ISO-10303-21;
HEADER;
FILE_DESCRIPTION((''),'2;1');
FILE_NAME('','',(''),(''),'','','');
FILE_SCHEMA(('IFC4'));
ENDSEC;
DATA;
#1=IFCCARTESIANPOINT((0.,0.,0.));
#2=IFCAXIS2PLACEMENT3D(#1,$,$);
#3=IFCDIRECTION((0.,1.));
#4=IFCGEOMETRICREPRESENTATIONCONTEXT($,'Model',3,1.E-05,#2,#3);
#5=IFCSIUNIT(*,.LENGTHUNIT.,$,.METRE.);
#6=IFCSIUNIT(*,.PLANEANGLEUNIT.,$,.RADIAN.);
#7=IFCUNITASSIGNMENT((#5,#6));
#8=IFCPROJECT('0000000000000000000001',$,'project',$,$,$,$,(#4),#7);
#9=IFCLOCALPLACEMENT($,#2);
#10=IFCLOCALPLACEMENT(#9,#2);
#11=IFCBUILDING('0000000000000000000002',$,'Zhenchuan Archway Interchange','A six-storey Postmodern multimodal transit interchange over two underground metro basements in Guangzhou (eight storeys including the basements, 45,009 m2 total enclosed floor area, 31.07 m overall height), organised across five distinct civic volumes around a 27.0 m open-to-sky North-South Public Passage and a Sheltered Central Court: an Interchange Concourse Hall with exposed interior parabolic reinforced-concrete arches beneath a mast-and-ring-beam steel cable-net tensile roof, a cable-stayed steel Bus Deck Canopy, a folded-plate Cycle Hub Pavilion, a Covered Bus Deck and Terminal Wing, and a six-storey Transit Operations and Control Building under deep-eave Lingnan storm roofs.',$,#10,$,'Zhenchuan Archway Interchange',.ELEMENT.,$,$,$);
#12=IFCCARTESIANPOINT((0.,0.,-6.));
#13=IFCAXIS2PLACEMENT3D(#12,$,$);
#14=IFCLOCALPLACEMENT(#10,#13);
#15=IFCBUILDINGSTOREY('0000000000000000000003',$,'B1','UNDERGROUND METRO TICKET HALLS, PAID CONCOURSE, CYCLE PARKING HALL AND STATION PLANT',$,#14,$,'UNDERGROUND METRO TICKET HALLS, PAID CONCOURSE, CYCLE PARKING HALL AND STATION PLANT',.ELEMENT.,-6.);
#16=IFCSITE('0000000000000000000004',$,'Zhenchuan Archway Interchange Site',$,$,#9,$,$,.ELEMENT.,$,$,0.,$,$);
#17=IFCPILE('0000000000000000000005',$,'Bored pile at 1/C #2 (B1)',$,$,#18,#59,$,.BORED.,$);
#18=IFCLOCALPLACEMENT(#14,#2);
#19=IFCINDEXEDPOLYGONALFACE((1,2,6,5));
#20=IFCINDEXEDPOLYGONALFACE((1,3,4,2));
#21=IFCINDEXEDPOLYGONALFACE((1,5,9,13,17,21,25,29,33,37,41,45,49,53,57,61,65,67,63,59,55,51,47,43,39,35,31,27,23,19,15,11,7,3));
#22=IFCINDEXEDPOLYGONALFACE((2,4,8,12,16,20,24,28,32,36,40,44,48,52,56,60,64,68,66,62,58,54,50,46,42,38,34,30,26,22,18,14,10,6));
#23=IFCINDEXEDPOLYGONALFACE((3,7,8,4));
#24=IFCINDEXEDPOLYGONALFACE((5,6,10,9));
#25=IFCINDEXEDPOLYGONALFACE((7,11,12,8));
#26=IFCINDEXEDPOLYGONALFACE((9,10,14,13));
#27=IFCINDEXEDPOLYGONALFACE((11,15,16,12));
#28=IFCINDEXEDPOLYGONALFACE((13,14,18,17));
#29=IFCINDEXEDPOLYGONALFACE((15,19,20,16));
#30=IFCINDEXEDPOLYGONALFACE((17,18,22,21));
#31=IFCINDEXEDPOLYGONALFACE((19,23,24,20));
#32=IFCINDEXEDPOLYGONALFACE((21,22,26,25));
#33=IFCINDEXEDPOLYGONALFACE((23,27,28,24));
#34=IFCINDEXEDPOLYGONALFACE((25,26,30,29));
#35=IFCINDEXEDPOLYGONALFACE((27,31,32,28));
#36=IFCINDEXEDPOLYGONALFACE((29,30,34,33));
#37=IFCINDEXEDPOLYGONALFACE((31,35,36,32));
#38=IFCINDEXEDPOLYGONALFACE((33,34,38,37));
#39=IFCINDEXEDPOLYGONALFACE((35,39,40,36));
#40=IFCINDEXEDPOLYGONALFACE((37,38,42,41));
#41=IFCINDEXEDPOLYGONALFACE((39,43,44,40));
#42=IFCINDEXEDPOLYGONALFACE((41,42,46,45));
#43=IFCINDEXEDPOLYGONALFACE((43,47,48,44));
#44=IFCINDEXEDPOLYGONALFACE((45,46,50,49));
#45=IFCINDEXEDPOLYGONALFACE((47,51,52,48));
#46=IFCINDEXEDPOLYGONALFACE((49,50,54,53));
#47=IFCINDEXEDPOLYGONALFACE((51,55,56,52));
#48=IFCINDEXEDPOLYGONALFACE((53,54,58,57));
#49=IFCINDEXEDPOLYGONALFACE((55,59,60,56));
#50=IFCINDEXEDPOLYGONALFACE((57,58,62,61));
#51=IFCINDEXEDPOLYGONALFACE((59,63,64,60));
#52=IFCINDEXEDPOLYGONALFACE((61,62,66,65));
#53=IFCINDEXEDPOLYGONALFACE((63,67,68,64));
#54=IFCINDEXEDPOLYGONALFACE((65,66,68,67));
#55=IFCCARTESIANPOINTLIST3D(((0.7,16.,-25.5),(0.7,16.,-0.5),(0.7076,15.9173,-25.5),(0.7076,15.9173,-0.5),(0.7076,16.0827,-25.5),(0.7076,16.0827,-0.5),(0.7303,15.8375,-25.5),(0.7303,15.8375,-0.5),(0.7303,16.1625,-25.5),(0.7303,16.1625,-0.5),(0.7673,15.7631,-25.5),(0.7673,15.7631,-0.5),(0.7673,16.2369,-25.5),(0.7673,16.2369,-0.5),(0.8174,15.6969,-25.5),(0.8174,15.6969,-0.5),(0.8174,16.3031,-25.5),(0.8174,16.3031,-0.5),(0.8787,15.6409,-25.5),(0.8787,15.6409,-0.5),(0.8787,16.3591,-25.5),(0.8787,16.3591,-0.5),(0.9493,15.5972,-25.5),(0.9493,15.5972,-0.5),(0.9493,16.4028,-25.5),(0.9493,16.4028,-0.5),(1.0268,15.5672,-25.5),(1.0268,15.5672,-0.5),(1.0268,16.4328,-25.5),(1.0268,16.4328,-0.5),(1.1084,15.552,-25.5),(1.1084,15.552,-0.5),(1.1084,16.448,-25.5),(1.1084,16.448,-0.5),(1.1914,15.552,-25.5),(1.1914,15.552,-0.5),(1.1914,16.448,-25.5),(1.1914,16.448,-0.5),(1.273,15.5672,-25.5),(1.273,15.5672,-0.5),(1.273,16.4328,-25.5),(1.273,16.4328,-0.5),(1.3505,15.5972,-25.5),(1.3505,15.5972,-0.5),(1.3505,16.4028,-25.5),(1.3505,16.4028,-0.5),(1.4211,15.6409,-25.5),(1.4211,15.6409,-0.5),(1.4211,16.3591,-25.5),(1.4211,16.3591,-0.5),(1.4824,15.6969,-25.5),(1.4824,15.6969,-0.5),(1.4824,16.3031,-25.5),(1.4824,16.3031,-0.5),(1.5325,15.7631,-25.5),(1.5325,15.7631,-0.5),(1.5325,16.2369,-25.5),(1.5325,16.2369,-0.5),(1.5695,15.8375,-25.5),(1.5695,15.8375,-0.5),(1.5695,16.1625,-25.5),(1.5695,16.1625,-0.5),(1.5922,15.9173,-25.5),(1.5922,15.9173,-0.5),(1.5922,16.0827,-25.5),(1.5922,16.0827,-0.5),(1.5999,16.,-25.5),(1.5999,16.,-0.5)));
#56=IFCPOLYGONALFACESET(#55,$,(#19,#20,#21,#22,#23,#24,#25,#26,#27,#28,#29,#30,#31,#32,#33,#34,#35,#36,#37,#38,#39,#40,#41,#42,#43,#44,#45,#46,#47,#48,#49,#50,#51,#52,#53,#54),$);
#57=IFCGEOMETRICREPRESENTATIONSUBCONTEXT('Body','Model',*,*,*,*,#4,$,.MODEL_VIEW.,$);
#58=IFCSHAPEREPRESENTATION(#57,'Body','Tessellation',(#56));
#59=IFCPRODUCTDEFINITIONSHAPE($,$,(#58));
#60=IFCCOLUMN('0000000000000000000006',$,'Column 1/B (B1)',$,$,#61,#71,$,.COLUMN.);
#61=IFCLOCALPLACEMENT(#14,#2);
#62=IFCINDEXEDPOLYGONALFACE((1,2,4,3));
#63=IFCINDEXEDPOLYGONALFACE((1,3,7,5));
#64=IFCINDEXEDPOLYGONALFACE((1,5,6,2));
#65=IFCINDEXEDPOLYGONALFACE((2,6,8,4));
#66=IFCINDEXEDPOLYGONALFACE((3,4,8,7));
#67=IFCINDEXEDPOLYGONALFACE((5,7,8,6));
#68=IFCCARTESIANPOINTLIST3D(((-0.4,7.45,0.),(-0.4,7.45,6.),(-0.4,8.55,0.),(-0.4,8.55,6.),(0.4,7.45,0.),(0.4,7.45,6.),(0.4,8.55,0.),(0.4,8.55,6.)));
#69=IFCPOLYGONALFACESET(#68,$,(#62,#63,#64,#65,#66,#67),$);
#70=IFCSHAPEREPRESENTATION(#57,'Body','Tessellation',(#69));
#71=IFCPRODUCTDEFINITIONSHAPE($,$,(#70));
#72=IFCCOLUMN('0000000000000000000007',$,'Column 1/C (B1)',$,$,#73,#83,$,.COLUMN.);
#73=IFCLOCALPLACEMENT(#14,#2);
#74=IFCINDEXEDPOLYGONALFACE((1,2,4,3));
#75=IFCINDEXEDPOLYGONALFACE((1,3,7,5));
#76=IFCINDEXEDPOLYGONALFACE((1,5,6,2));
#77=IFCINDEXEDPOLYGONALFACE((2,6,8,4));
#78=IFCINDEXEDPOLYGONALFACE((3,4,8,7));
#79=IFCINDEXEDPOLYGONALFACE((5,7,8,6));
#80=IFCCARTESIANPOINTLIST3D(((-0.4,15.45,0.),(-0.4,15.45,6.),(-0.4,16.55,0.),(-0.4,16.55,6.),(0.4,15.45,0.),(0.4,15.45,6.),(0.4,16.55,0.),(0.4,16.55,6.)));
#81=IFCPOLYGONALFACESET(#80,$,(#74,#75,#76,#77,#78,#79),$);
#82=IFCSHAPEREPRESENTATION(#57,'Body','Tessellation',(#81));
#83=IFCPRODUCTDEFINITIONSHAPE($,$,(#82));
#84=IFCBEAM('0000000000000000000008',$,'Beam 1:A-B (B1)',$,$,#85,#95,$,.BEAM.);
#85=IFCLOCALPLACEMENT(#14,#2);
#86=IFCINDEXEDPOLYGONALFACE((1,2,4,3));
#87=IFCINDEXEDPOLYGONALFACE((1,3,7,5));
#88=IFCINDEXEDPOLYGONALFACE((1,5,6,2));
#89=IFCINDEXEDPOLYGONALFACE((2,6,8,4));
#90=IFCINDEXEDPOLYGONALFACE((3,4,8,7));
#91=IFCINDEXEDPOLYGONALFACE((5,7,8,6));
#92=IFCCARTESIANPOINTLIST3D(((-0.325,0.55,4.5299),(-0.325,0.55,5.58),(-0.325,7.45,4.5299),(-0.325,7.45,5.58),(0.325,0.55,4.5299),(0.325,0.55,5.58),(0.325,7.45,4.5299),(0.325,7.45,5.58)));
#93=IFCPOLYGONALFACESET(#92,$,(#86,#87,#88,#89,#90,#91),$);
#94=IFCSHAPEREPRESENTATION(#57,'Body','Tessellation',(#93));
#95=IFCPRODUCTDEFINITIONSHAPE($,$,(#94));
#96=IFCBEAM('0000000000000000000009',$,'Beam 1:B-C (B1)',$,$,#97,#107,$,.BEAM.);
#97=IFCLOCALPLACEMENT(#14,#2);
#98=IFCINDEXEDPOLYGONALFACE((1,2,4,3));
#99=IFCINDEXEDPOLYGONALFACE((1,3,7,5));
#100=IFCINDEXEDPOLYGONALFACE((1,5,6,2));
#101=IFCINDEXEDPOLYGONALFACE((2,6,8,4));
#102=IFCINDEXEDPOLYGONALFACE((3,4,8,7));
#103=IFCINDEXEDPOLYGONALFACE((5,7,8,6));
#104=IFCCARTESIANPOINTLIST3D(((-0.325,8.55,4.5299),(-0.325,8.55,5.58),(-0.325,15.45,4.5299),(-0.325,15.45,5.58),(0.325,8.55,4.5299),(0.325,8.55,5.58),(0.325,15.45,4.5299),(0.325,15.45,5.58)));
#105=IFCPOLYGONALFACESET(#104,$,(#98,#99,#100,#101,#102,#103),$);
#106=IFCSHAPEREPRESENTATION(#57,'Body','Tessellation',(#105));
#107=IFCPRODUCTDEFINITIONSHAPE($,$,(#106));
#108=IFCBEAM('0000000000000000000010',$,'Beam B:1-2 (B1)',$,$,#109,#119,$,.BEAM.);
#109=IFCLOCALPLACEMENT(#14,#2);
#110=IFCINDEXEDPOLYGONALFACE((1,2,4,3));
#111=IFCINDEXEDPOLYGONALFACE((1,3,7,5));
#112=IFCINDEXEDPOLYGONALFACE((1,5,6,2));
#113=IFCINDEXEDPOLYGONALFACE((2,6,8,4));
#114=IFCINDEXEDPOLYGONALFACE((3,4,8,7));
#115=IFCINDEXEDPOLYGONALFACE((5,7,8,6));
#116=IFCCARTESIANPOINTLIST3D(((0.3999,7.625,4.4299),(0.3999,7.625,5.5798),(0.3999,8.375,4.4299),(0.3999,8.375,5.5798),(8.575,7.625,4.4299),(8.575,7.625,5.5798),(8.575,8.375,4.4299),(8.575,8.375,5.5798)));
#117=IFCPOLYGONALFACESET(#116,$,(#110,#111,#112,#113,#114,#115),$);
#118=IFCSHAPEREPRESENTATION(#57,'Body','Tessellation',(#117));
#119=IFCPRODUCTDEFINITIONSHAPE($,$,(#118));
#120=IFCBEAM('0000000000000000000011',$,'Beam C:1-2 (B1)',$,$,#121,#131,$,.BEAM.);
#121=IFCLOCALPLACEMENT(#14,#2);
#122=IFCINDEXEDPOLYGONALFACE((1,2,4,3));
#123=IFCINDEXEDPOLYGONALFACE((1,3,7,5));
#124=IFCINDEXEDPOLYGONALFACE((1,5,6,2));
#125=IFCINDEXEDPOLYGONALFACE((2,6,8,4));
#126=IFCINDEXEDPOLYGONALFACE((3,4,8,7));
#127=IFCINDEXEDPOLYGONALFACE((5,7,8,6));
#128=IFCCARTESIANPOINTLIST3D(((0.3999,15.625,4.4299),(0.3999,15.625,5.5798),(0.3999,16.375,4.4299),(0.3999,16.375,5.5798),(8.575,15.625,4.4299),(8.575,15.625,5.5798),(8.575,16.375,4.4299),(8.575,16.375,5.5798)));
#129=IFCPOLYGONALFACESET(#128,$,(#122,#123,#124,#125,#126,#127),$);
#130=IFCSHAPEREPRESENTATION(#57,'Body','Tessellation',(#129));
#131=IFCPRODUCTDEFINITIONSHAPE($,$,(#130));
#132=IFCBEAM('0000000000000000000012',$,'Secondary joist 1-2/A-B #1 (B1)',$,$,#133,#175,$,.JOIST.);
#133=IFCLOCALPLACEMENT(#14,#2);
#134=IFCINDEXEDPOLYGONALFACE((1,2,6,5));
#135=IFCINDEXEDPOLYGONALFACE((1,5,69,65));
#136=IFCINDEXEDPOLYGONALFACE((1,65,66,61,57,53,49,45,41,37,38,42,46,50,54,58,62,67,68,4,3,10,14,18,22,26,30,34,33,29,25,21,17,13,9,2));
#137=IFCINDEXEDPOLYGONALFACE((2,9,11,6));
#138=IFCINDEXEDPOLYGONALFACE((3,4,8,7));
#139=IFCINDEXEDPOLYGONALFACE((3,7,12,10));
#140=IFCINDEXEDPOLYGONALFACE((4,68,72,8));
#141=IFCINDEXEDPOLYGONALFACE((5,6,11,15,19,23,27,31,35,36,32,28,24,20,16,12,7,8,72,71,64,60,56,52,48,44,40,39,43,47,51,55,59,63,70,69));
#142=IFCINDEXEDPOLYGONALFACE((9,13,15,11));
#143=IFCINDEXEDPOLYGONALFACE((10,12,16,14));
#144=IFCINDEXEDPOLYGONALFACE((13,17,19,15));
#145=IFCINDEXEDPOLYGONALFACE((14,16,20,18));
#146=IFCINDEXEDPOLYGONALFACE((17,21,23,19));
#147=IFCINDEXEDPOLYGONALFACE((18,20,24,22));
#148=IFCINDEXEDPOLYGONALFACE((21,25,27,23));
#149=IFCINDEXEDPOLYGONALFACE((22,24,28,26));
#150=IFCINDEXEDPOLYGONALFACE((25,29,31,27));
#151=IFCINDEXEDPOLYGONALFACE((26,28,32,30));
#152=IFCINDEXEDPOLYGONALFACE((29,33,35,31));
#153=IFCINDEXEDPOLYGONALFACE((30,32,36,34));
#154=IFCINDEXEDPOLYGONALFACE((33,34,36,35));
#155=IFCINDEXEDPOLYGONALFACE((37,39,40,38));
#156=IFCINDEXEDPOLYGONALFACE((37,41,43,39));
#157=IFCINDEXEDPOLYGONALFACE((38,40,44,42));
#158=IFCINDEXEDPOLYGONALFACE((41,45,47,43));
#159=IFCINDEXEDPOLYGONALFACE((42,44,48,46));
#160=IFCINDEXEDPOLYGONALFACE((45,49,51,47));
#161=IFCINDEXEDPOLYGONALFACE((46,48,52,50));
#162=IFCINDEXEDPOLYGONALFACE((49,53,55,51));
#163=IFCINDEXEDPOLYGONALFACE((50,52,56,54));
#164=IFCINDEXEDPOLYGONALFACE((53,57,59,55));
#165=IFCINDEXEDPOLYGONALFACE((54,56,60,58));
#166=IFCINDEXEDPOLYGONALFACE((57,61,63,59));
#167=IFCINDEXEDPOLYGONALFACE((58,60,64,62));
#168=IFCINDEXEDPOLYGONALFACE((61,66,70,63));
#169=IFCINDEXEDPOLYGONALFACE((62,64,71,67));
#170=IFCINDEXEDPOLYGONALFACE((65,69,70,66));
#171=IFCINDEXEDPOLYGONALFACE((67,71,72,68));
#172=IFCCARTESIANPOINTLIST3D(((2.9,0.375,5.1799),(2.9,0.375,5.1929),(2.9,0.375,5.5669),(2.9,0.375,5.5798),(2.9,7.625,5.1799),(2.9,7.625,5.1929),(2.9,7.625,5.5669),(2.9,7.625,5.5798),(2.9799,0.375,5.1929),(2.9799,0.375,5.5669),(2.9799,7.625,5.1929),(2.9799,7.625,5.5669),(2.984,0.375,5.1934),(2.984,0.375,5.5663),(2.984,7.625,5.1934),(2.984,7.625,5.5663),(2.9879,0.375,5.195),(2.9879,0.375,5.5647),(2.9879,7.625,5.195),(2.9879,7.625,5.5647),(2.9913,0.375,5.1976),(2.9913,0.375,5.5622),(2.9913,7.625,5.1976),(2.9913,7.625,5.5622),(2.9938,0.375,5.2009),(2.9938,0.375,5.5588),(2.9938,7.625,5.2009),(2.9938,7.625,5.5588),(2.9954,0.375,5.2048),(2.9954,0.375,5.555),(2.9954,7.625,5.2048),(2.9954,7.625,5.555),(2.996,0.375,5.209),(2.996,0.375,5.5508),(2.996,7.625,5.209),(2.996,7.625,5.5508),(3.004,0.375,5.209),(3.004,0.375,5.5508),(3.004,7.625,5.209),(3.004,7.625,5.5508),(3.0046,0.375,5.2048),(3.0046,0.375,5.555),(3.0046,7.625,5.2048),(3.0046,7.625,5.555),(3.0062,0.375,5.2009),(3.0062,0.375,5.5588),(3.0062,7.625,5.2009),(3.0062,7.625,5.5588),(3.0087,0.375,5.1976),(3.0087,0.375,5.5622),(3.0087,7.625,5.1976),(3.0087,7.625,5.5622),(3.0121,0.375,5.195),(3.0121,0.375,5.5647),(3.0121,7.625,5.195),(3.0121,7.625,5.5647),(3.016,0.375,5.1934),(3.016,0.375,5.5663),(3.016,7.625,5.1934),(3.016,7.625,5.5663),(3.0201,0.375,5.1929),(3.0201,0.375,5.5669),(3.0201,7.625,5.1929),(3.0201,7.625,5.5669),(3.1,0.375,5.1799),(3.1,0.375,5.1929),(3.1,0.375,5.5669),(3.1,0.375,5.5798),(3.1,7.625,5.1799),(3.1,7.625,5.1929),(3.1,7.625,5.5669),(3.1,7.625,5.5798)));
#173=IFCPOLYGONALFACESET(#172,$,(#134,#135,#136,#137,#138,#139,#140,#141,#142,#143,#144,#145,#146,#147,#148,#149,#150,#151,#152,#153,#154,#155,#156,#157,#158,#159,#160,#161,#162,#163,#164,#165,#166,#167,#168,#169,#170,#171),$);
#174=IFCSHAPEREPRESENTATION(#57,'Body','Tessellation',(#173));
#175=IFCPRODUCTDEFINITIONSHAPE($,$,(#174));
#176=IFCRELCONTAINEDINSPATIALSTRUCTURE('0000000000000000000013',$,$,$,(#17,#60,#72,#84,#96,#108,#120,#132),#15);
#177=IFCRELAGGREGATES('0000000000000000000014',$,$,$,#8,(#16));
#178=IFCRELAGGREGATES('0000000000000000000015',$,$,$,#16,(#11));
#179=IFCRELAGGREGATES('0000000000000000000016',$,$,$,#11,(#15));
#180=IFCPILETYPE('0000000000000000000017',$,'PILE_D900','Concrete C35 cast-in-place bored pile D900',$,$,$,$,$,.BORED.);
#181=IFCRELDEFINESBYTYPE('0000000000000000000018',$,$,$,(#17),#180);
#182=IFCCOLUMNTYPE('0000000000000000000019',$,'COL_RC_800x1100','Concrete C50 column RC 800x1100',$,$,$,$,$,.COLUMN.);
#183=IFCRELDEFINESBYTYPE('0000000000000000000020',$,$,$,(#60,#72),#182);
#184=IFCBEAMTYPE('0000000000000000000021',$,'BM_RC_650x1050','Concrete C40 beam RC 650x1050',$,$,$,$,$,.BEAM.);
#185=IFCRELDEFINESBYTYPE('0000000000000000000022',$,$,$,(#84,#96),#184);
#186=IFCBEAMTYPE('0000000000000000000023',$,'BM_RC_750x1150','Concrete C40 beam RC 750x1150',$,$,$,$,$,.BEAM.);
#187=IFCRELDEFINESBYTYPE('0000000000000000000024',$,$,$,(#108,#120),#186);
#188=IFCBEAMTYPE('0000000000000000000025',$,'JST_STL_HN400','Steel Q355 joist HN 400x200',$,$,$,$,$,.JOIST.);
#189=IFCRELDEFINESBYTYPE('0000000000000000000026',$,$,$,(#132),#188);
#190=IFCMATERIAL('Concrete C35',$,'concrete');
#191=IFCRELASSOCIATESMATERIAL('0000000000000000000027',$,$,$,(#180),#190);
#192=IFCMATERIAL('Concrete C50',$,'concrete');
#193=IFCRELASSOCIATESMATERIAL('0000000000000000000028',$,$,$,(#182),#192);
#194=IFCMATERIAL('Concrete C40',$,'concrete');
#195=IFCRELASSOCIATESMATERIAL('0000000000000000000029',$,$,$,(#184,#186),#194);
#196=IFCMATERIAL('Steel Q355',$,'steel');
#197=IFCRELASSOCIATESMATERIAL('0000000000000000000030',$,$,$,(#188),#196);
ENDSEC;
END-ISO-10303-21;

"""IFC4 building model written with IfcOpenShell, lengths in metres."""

from ifc_helpers import new_model, si_unit, direction, frame, origin, origin_2d, place, context, subcontext, project, spatial, rectangle, circle, i_section, extrude, material, material_profile, profile_set, type_object, element, save


model = new_model("IFC4")

# Units and contexts
model_context = context("Model", 3, precision=1e-05, world=origin(), true_north=direction((0.0, 1.0)))
body_context = subcontext(model_context, "Body", "Model", "MODEL_VIEW")
ifc_project = project(units=[si_unit("LENGTHUNIT", "METRE"), si_unit("PLANEANGLEUNIT", "RADIAN")], contexts=[model_context])

# Site, building, storey
site_placement = place(None, origin())
site = spatial("IfcSite", under=ifc_project, at=site_placement, Name="Zhenchuan Archway Interchange Site", CompositionType="ELEMENT", RefElevation=0.0)
building_placement = place(site_placement, origin())
building = spatial("IfcBuilding", under=site, at=building_placement, Name="Zhenchuan Archway Interchange", Description="A six-storey Postmodern multimodal transit interchange over two underground metro basements in Guangzhou (eight storeys including the basements, 45,009 m2 total enclosed floor area, 31.07 m overall height), organised across five distinct civic volumes around a 27.0 m open-to-sky North-South Public Passage and a Sheltered Central Court: an Interchange Concourse Hall with exposed interior parabolic reinforced-concrete arches beneath a mast-and-ring-beam steel cable-net tensile roof, a cable-stayed steel Bus Deck Canopy, a folded-plate Cycle Hub Pavilion, a Covered Bus Deck and Terminal Wing, and a six-storey Transit Operations and Control Building under deep-eave Lingnan storm roofs.", LongName="Zhenchuan Archway Interchange", CompositionType="ELEMENT")
storey_placement = place(building_placement, frame((0.0, 0.0, -6.0)))
storey = spatial("IfcBuildingStorey", under=building, at=storey_placement, Name="B1", Description="UNDERGROUND METRO TICKET HALLS, PAID CONCOURSE, CYCLE PARKING HALL AND STATION PLANT", LongName="UNDERGROUND METRO TICKET HALLS, PAID CONCOURSE, CYCLE PARKING HALL AND STATION PLANT", CompositionType="ELEMENT", Elevation=-6.0)

# Shared definitions
ifc_material_1 = material(Name="Concrete C40", Category="concrete")

# Pile
ifc_material_2 = material(Name="Concrete C35", Category="concrete")
ifc_material_profile_1 = material_profile(ifc_material_2, circle(Radius=0.45, at=origin_2d()), Name="BORED PILE 900")
ifc_profile_set_1 = profile_set([ifc_material_profile_1], Name="Concrete C35")
pile_type_1 = type_object("IfcPileType", Name="PILE_D900", Description="Concrete C35 cast-in-place bored pile D900", PredefinedType="BORED", material=ifc_profile_set_1)
for number, where, z_axis, x_axis, name in (
    (1, (1.1499, 16.0, -0.5), (0.0, 0.0, -1.0), (1.0, 0.0, 0.0), "Bored pile at 1/C #2 (B1)"),
):
    element("IfcPile", number, at=place(storey_placement, frame(where, z_axis=z_axis, x_axis=x_axis)), inside=storey, type_object=pile_type_1, Name=name, PredefinedType="BORED", context=body_context, shape_type="SweptSolid", body=[
        extrude(circle(Radius=0.45, at=origin_2d()), origin(), (0.0, 0.0, 1.0), 25.0),
    ])

# Columns
ifc_material_3 = material(Name="Concrete C50", Category="concrete")
ifc_material_profile_2 = material_profile(ifc_material_3, rectangle(XDim=0.8, YDim=1.1001, at=origin_2d()), Name="RC 800x1100")
ifc_profile_set_2 = profile_set([ifc_material_profile_2], Name="Concrete C50")
column_type = type_object("IfcColumnType", Name="COL_RC_800x1100", Description="Concrete C50 column RC 800x1100", PredefinedType="COLUMN", material=ifc_profile_set_2)
for number, where, z_axis, x_axis, name in (
    (2, (0.0, 8.0, 0.0), (0.0, 0.0, 1.0), (1.0, 0.0, 0.0), "Column 1/B (B1)"),
    (3, (0.0, 16.0, 0.0), (0.0, 0.0, 1.0), (1.0, 0.0, 0.0), "Column 1/C (B1)"),
):
    element("IfcColumn", number, at=place(storey_placement, frame(where, z_axis=z_axis, x_axis=x_axis)), inside=storey, type_object=column_type, Name=name, PredefinedType="COLUMN", context=body_context, shape_type="SweptSolid", body=[
        extrude(rectangle(XDim=0.8, YDim=1.1001, at=origin_2d()), origin(), (0.0, 0.0, 1.0), 6.0),
    ])

# Beams
ifc_material_profile_3 = material_profile(ifc_material_1, rectangle(XDim=0.6499, YDim=1.05, at=origin_2d()), Name="RC 650x1050")
ifc_profile_set_3 = profile_set([ifc_material_profile_3], Name="Concrete C40")
beam_type_1 = type_object("IfcBeamType", Name="BM_RC_650x1050", Description="Concrete C40 beam RC 650x1050", PredefinedType="BEAM", material=ifc_profile_set_3)
for number, where, z_axis, x_axis, name in (
    (4, (0.0, 0.55, 5.0549), (0.0, 1.0, 0.0), (-1.0, 0.0, 0.0), "Beam 1:A-B (B1)"),
    (5, (0.0, 8.55, 5.0549), (0.0, 1.0, 0.0), (-1.0, 0.0, 0.0), "Beam 1:B-C (B1)"),
):
    element("IfcBeam", number, at=place(storey_placement, frame(where, z_axis=z_axis, x_axis=x_axis)), inside=storey, type_object=beam_type_1, Name=name, PredefinedType="BEAM", context=body_context, shape_type="SweptSolid", body=[
        extrude(rectangle(XDim=0.6499, YDim=1.05, at=origin_2d()), origin(), (0.0, 0.0, 1.0), 6.8999),
    ])
ifc_material_profile_4 = material_profile(ifc_material_1, rectangle(XDim=0.75, YDim=1.1499, at=origin_2d()), Name="RC 750x1150")
ifc_profile_set_4 = profile_set([ifc_material_profile_4], Name="Concrete C40")
beam_type_2 = type_object("IfcBeamType", Name="BM_RC_750x1150", Description="Concrete C40 beam RC 750x1150", PredefinedType="BEAM", material=ifc_profile_set_4)
for number, where, z_axis, x_axis, name in (
    (6, (0.3999, 8.0, 5.0049), (1.0, 0.0, 0.0), (0.0, 1.0, 0.0), "Beam B:1-2 (B1)"),
    (7, (0.3999, 16.0, 5.0049), (1.0, 0.0, 0.0), (0.0, 1.0, 0.0), "Beam C:1-2 (B1)"),
):
    element("IfcBeam", number, at=place(storey_placement, frame(where, z_axis=z_axis, x_axis=x_axis)), inside=storey, type_object=beam_type_2, Name=name, PredefinedType="BEAM", context=body_context, shape_type="SweptSolid", body=[
        extrude(rectangle(XDim=0.75, YDim=1.1499, at=origin_2d()), origin(), (0.0, 0.0, 1.0), 8.175),
    ])
ifc_material_4 = material(Name="Steel Q355", Category="steel")
ifc_material_profile_5 = material_profile(ifc_material_4, i_section(OverallWidth=0.2, OverallDepth=0.3999, WebThickness=0.0081, FlangeThickness=0.0129, FilletRadius=0.0161, at=origin_2d()), Name="HN 400x200")
ifc_profile_set_5 = profile_set([ifc_material_profile_5], Name="Steel Q355")
beam_type_3 = type_object("IfcBeamType", Name="JST_STL_HN400", Description="Steel Q355 joist HN 400x200", PredefinedType="JOIST", material=ifc_profile_set_5)
for number, where, z_axis, x_axis, name in (
    (8, (3.0, 0.375, 5.3799), (0.0, 1.0, 0.0), (-1.0, 0.0, 0.0), "Secondary joist 1-2/A-B #1 (B1)"),
):
    element("IfcBeam", number, at=place(storey_placement, frame(where, z_axis=z_axis, x_axis=x_axis)), inside=storey, type_object=beam_type_3, Name=name, PredefinedType="JOIST", context=body_context, shape_type="SweptSolid", body=[
        extrude(i_section(OverallWidth=0.2, OverallDepth=0.3999, WebThickness=0.0081, FlangeThickness=0.0129, FilletRadius=0.0161, at=origin_2d()), origin(), (0.0, 0.0, 1.0), 7.25),
    ])

save(model, "model.ifc")
